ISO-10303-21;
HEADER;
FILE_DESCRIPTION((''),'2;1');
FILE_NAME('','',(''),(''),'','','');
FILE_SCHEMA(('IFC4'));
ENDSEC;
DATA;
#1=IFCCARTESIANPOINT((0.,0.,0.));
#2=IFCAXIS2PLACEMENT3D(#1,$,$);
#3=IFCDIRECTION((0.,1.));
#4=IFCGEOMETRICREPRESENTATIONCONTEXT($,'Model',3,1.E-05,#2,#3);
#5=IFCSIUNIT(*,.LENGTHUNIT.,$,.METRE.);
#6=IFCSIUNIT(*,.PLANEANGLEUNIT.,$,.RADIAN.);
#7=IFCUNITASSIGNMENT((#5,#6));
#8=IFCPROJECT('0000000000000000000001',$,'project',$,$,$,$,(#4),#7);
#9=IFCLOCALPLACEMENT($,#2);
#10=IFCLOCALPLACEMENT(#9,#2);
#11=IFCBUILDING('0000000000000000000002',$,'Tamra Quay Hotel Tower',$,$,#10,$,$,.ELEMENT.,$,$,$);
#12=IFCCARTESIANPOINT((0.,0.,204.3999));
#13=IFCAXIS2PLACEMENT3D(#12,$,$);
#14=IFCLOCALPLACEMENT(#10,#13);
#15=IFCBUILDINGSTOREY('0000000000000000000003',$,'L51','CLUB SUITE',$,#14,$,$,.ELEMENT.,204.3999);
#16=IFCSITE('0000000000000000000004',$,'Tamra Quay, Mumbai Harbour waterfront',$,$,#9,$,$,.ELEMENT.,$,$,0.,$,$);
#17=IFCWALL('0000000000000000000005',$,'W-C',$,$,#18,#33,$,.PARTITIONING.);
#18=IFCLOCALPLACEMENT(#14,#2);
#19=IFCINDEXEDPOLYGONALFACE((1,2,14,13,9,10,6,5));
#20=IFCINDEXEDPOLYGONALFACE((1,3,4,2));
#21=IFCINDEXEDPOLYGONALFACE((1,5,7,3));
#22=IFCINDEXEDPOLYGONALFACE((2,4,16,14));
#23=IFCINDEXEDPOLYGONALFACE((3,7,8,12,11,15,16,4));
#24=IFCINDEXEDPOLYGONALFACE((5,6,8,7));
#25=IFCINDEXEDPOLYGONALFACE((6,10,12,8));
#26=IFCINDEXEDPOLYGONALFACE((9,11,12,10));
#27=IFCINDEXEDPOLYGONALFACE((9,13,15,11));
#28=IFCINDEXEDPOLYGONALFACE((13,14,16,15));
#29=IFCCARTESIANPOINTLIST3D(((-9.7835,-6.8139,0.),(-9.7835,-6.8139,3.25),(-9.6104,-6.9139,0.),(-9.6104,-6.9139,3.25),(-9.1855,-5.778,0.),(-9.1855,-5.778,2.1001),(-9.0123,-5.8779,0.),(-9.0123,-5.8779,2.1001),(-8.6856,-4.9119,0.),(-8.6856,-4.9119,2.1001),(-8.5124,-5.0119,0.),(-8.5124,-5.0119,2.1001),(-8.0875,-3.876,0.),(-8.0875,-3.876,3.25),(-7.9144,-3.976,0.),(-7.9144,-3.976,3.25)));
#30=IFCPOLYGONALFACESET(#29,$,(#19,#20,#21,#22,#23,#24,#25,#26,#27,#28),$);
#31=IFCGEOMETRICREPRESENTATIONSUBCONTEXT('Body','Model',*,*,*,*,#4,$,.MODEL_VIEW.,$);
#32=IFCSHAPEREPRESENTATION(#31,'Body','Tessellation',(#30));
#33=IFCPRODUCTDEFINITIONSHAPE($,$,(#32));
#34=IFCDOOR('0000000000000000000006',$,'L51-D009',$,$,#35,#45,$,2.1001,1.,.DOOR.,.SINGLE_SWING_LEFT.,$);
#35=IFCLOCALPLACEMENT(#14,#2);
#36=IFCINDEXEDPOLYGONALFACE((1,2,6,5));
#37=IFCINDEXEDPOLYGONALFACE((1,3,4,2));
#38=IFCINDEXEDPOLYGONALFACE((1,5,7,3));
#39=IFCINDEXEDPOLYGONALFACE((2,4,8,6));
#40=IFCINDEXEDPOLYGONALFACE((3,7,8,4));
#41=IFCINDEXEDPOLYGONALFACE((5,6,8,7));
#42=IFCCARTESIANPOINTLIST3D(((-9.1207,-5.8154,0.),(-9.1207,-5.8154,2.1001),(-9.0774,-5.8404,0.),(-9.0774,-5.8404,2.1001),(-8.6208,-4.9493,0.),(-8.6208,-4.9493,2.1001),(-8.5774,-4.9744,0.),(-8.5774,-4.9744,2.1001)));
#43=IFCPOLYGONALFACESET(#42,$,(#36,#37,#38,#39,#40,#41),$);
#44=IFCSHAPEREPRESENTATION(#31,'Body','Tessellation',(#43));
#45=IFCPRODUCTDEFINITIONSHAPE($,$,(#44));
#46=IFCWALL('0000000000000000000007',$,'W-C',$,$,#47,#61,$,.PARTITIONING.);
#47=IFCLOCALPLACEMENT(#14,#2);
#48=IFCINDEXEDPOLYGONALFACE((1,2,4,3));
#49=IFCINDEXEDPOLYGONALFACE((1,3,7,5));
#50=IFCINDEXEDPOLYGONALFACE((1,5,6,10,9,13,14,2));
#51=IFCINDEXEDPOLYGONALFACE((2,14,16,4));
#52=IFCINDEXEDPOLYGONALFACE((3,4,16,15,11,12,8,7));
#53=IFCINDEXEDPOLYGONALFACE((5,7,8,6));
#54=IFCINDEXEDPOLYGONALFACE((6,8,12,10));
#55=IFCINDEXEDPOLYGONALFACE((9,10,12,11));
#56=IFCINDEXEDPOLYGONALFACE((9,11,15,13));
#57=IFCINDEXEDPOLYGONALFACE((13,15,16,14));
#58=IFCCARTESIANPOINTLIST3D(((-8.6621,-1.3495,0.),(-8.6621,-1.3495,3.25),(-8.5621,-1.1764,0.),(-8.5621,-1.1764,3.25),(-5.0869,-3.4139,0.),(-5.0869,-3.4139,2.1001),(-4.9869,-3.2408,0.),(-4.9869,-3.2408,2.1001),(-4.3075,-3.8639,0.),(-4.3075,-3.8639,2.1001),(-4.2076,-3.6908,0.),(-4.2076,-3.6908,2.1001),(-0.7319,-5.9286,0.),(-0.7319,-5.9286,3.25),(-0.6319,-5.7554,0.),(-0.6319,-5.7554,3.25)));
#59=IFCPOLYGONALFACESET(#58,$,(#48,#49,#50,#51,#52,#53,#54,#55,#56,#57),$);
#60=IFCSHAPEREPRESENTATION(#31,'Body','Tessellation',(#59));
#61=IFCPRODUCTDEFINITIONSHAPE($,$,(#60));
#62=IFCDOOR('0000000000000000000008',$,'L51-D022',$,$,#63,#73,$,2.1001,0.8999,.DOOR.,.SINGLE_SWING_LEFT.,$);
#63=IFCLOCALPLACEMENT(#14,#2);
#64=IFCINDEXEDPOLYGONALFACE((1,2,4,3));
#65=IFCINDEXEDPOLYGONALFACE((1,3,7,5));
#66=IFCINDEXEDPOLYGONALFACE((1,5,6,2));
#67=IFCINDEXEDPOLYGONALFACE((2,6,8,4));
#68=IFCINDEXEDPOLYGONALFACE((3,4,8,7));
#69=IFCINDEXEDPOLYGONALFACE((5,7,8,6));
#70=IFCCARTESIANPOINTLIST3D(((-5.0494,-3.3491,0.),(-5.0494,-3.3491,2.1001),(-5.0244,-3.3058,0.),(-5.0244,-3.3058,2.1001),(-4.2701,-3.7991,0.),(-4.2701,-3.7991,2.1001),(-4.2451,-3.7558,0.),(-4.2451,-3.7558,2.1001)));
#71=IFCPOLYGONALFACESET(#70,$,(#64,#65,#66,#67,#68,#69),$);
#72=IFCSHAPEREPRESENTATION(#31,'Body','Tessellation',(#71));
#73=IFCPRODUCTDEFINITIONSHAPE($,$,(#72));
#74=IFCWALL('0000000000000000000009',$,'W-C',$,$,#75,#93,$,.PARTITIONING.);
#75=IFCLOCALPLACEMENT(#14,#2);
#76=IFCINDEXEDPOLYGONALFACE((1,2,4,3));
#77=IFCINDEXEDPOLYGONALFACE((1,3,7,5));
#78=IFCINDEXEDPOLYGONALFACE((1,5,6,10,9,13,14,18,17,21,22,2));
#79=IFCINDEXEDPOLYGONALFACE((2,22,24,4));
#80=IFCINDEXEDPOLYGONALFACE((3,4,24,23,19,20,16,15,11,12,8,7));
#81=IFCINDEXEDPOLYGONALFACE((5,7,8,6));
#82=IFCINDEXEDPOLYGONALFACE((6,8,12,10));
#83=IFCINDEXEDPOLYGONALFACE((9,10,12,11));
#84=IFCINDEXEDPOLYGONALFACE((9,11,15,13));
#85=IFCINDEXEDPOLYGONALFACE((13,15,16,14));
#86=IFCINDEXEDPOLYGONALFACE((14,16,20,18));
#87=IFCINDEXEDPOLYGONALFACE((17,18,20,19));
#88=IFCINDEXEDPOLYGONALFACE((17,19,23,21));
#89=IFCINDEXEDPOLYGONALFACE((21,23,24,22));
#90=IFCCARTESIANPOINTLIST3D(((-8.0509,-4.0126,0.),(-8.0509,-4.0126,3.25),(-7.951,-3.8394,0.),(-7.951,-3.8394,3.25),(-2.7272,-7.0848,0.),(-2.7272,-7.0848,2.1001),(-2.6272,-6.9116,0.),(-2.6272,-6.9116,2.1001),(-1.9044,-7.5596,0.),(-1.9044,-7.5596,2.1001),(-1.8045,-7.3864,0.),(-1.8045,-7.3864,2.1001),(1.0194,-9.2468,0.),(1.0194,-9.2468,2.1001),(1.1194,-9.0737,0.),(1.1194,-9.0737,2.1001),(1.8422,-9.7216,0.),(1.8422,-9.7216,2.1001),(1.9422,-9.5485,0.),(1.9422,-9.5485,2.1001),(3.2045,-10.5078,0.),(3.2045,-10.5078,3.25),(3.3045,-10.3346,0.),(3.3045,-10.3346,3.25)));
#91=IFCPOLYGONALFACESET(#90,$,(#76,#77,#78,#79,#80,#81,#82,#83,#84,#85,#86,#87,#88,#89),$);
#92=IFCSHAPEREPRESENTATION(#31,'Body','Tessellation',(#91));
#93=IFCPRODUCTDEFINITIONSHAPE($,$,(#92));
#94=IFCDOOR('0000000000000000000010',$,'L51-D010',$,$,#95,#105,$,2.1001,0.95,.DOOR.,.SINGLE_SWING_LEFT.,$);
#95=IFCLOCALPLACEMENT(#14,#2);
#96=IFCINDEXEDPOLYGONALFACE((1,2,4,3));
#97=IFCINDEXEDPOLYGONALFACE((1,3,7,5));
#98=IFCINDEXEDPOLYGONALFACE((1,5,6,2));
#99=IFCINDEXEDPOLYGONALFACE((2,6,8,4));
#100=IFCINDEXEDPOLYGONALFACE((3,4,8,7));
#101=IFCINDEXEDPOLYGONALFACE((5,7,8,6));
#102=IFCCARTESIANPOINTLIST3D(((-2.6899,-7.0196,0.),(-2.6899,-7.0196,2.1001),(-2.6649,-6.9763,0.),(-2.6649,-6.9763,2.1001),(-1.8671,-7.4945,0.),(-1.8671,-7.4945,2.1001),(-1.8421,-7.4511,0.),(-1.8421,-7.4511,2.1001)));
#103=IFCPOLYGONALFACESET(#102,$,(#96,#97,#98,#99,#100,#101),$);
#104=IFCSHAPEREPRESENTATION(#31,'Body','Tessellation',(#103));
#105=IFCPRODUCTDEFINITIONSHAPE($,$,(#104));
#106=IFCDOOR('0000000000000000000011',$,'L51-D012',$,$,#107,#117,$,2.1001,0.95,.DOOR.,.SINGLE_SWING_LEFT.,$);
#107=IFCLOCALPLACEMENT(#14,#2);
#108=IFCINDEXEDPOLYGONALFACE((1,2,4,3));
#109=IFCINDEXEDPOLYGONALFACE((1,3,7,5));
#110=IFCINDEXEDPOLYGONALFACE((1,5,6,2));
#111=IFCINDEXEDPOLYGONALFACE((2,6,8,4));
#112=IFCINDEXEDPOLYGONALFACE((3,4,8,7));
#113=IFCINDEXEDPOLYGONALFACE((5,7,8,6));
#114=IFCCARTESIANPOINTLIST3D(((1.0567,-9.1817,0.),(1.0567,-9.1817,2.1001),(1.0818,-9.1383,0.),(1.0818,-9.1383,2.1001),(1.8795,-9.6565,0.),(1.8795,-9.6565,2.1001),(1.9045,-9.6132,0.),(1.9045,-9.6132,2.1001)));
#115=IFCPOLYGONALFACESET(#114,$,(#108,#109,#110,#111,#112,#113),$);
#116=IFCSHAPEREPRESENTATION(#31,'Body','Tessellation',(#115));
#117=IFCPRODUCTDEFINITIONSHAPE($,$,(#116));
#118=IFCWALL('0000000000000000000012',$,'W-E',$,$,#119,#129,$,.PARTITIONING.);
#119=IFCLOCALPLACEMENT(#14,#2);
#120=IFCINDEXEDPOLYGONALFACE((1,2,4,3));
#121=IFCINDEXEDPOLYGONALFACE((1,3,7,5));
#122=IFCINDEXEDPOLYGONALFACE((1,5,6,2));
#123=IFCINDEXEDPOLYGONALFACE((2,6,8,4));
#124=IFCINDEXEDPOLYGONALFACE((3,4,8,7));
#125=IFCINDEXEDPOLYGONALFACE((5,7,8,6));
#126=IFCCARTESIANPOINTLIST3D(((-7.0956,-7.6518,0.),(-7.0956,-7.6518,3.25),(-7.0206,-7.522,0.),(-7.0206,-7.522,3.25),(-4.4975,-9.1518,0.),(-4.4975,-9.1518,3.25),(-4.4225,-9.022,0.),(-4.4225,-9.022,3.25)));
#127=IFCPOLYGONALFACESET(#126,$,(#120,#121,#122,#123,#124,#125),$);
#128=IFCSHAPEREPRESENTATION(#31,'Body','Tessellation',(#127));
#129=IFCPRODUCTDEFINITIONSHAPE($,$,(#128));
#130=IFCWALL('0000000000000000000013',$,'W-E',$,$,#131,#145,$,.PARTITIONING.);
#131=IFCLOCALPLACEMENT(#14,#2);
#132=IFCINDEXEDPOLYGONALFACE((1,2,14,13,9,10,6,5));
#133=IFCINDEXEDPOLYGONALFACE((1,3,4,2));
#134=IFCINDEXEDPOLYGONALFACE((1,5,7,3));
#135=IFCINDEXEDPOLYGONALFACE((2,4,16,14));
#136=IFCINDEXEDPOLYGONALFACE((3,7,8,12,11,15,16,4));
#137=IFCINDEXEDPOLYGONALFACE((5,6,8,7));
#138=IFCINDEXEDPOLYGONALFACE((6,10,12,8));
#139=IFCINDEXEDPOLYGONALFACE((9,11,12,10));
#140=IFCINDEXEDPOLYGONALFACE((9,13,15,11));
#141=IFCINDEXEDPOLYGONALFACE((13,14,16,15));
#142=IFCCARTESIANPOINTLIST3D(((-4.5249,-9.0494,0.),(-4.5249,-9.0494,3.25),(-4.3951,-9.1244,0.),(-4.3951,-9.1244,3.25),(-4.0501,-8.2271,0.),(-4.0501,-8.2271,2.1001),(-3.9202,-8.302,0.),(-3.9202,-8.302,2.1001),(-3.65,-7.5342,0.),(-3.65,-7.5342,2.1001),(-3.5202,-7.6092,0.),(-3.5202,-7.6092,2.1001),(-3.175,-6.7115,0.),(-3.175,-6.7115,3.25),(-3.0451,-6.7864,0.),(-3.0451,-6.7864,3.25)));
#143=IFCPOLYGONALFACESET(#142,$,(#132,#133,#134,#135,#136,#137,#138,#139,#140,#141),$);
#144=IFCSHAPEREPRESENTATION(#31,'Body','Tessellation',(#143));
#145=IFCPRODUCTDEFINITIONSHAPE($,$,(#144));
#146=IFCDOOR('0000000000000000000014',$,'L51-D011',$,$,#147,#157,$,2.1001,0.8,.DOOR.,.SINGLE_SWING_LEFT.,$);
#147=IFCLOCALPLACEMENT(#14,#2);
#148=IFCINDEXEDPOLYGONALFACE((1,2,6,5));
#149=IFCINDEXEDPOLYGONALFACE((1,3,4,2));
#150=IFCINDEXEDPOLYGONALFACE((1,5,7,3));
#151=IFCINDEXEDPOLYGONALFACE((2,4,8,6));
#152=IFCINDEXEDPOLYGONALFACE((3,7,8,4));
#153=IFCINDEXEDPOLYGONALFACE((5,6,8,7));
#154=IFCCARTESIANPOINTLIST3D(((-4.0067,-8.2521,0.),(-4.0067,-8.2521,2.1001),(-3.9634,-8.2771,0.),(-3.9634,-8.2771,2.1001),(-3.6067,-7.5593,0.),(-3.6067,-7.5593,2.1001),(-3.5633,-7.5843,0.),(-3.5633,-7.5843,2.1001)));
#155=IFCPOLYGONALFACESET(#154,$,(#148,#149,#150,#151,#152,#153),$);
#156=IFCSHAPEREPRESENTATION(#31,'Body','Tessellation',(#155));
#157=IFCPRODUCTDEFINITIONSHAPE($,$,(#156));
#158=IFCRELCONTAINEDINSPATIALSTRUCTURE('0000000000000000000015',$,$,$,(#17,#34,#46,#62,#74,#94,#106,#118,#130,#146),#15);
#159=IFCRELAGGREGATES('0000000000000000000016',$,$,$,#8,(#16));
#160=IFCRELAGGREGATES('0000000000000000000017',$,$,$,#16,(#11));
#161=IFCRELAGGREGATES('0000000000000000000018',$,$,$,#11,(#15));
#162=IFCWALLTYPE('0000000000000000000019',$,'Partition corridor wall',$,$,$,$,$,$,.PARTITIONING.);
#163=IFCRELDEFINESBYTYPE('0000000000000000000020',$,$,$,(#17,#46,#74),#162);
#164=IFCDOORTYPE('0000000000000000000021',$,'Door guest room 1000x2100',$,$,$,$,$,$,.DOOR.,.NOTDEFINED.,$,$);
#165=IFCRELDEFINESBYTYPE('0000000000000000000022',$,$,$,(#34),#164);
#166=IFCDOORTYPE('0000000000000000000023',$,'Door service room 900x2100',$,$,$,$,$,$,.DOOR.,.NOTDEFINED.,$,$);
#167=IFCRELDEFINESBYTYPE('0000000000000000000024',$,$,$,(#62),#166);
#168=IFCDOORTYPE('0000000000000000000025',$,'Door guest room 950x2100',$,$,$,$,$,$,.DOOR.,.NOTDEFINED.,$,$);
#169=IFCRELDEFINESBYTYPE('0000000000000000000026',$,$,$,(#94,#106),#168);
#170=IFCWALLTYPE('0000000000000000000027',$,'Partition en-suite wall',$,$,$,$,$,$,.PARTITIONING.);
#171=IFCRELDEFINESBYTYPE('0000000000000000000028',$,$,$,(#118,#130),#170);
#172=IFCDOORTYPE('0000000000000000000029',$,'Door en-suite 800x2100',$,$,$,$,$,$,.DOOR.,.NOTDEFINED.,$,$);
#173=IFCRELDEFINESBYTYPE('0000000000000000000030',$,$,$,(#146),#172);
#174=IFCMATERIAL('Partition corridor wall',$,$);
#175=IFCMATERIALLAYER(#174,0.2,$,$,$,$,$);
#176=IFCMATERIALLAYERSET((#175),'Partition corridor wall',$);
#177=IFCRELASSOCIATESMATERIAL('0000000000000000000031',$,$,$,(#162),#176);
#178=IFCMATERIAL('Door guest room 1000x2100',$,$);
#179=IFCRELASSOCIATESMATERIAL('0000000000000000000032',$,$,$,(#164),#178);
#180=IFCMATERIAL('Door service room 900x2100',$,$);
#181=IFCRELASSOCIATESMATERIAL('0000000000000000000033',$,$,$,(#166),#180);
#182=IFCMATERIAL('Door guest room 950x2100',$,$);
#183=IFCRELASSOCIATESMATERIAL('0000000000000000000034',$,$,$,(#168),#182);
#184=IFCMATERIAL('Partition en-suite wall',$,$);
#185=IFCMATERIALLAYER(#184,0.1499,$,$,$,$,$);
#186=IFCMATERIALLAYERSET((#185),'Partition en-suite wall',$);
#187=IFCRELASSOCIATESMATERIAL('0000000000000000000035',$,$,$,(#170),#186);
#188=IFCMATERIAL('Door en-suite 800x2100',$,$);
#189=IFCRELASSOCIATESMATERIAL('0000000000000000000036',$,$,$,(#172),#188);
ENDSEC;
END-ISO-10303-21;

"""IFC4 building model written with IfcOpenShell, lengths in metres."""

from ifc_helpers import new_model, si_unit, direction, frame, frame_2d, origin, place, context, subcontext, project, spatial, rectangle, extrude, material, layer, layer_set, type_object, element, fill, save


model = new_model("IFC4")

# Units and contexts
model_context = context("Model", 3, precision=1e-05, world=origin(), true_north=direction((0.0, 1.0)))
body_context = subcontext(model_context, "Body", "Model", "MODEL_VIEW")
ifc_project = project(units=[si_unit("LENGTHUNIT", "METRE"), si_unit("PLANEANGLEUNIT", "RADIAN")], contexts=[model_context])

# Site, building, storey
site_placement = place(None, origin())
site = spatial("IfcSite", under=ifc_project, at=site_placement, Name="Tamra Quay, Mumbai Harbour waterfront", CompositionType="ELEMENT", RefElevation=0.0)
building_placement = place(site_placement, origin())
building = spatial("IfcBuilding", under=site, at=building_placement, Name="Tamra Quay Hotel Tower", CompositionType="ELEMENT")
storey_placement = place(building_placement, frame((0.0, 0.0, 204.3999)))
storey = spatial("IfcBuildingStorey", under=building, at=storey_placement, Name="L51", Description="CLUB SUITE", CompositionType="ELEMENT", Elevation=204.3999)

# Shared definitions
ifc_material_1 = material(Name="Partition corridor wall")
ifc_layer_1 = layer(ifc_material_1, 0.2)
ifc_layer_set_1 = layer_set([ifc_layer_1], Name="Partition corridor wall")
wall_type_1 = type_object("IfcWallType", Name="Partition corridor wall", PredefinedType="PARTITIONING", material=ifc_layer_set_1)

# Walls, openings, doors
wall_1_placement = place(storey_placement, frame((-9.697, -6.864, 0.0), z_axis=(0.0, 0.0, 1.0), x_axis=(0.499955, 0.866051, 0.0)))
wall_1 = element("IfcWall", 1, at=wall_1_placement, inside=storey, type_object=wall_type_1, Name="W-C", PredefinedType="PARTITIONING", context=body_context, shape_type="SweptSolid", body=[
    extrude(rectangle(XDim=3.3923, YDim=0.2, at=frame_2d((1.6963, 0.0))), origin(), (0.0, 0.0, 1.0), 3.25),
])
opening_1_placement = place(wall_1_placement, frame((1.1963, 0.0, 0.0)))
opening_1 = element("IfcOpeningElement", 2, at=opening_1_placement, cuts=wall_1, PredefinedType="OPENING", context=body_context, shape_type="SweptSolid", body=[
    extrude(rectangle(XDim=1.0, YDim=2.1001, at=frame_2d((0.5, 1.05))), frame((0.0, 0.1099, 0.0), z_axis=(0.0, -1.0, 0.0), x_axis=(1.0, 0.0, 0.0)), (0.0, 0.0, 1.0), 0.22),
])
ifc_material_2 = material(Name="Door guest room 1000x2100")
door_type_1 = type_object("IfcDoorType", Name="Door guest room 1000x2100", OperationType="NOTDEFINED", PredefinedType="DOOR", material=ifc_material_2)
door_1_placement = place(opening_1_placement, frame((1.0, 0.0, 0.0), z_axis=(0.0, 0.0, 1.0), x_axis=(-1.0, 0.0, 0.0)))
door_1 = element("IfcDoor", 3, at=door_1_placement, inside=storey, type_object=door_type_1, Name="L51-D009", OperationType="SINGLE_SWING_LEFT", OverallHeight=2.1001, OverallWidth=1.0, PredefinedType="DOOR", context=body_context, shape_type="SweptSolid", body=[
    extrude(rectangle(XDim=1.0, YDim=2.1001, at=frame_2d((0.5, 1.05))), frame((0.0, 0.0249, 0.0), z_axis=(0.0, -1.0, 0.0), x_axis=(1.0, 0.0, 0.0)), (0.0, 0.0, 1.0), 0.05),
])
fill(opening_1, door_1)
wall_2_placement = place(storey_placement, frame((-8.6121, -1.2629, 0.0), z_axis=(0.0, 0.0, 1.0), x_axis=(0.865996, -0.50005, 0.0)))
wall_2 = element("IfcWall", 4, at=wall_2_placement, inside=storey, type_object=wall_type_1, Name="W-C", PredefinedType="PARTITIONING", context=body_context, shape_type="SweptSolid", body=[
    extrude(rectangle(XDim=9.1572, YDim=0.2, at=frame_2d((4.5786, 0.0))), origin(), (0.0, 0.0, 1.0), 3.25),
])
opening_2_placement = place(wall_2_placement, frame((4.1284, 0.0, 0.0)))
opening_2 = element("IfcOpeningElement", 5, at=opening_2_placement, cuts=wall_2, PredefinedType="OPENING", context=body_context, shape_type="SweptSolid", body=[
    extrude(rectangle(XDim=0.8999, YDim=2.1001, at=frame_2d((0.45, 1.05))), frame((0.0, 0.1099, 0.0), z_axis=(0.0, -1.0, 0.0), x_axis=(1.0, 0.0, 0.0)), (0.0, 0.0, 1.0), 0.22),
])
ifc_material_3 = material(Name="Door service room 900x2100")
door_type_2 = type_object("IfcDoorType", Name="Door service room 900x2100", OperationType="NOTDEFINED", PredefinedType="DOOR", material=ifc_material_3)
door_2_placement = place(opening_2_placement, origin())
door_2 = element("IfcDoor", 6, at=door_2_placement, inside=storey, type_object=door_type_2, Name="L51-D022", OperationType="SINGLE_SWING_LEFT", OverallHeight=2.1001, OverallWidth=0.8999, PredefinedType="DOOR", context=body_context, shape_type="SweptSolid", body=[
    extrude(rectangle(XDim=0.8999, YDim=2.1001, at=frame_2d((0.45, 1.05))), frame((0.0, 0.0249, 0.0), z_axis=(0.0, -1.0, 0.0), x_axis=(1.0, 0.0, 0.0)), (0.0, 0.0, 1.0), 0.05),
])
fill(opening_2, door_2)

# Wall, openings, doors
wall_3_placement = place(storey_placement, frame((-8.001, -3.926, 0.0), z_axis=(0.0, 0.0, 1.0), x_axis=(0.866131, -0.499817, 0.0)))
wall_3 = element("IfcWall", 7, at=wall_3_placement, inside=storey, type_object=wall_type_1, Name="W-C", PredefinedType="PARTITIONING", context=body_context, shape_type="SweptSolid", body=[
    extrude(rectangle(XDim=12.9951, YDim=0.2, at=frame_2d((6.4976, 0.0))), origin(), (0.0, 0.0, 1.0), 3.25),
])
opening_3_placement = place(wall_3_placement, frame((6.1465, 0.0, 0.0)))
opening_3 = element("IfcOpeningElement", 8, at=opening_3_placement, cuts=wall_3, PredefinedType="OPENING", context=body_context, shape_type="SweptSolid", body=[
    extrude(rectangle(XDim=0.95, YDim=2.1001, at=frame_2d((0.4751, 1.05))), frame((0.0, 0.1099, 0.0), z_axis=(0.0, -1.0, 0.0), x_axis=(1.0, 0.0, 0.0)), (0.0, 0.0, 1.0), 0.22),
])
opening_4_placement = place(wall_3_placement, frame((10.4722, 0.0, 0.0)))
opening_4 = element("IfcOpeningElement", 9, at=opening_4_placement, cuts=wall_3, PredefinedType="OPENING", context=body_context, shape_type="SweptSolid", body=[
    extrude(rectangle(XDim=0.95, YDim=2.1001, at=frame_2d((0.4751, 1.05))), frame((0.0, 0.1099, 0.0), z_axis=(0.0, -1.0, 0.0), x_axis=(1.0, 0.0, 0.0)), (0.0, 0.0, 1.0), 0.22),
])
ifc_material_4 = material(Name="Door guest room 950x2100")
door_type_3 = type_object("IfcDoorType", Name="Door guest room 950x2100", OperationType="NOTDEFINED", PredefinedType="DOOR", material=ifc_material_4)
door_3_placement = place(opening_3_placement, frame((0.95, 0.0, 0.0), z_axis=(0.0, 0.0, 1.0), x_axis=(-1.0, 0.0, 0.0)))
door_3 = element("IfcDoor", 10, at=door_3_placement, inside=storey, type_object=door_type_3, Name="L51-D010", OperationType="SINGLE_SWING_LEFT", OverallHeight=2.1001, OverallWidth=0.95, PredefinedType="DOOR", context=body_context, shape_type="SweptSolid", body=[
    extrude(rectangle(XDim=0.95, YDim=2.1001, at=frame_2d((0.4751, 1.05))), frame((0.0, 0.0249, 0.0), z_axis=(0.0, -1.0, 0.0), x_axis=(1.0, 0.0, 0.0)), (0.0, 0.0, 1.0), 0.05),
])
fill(opening_3, door_3)
door_4_placement = place(opening_4_placement, frame((0.95, 0.0, 0.0), z_axis=(0.0, 0.0, 1.0), x_axis=(-1.0, 0.0, 0.0)))
door_4 = element("IfcDoor", 11, at=door_4_placement, inside=storey, type_object=door_type_3, Name="L51-D012", OperationType="SINGLE_SWING_LEFT", OverallHeight=2.1001, OverallWidth=0.95, PredefinedType="DOOR", context=body_context, shape_type="SweptSolid", body=[
    extrude(rectangle(XDim=0.95, YDim=2.1001, at=frame_2d((0.4751, 1.05))), frame((0.0, 0.0249, 0.0), z_axis=(0.0, -1.0, 0.0), x_axis=(1.0, 0.0, 0.0)), (0.0, 0.0, 1.0), 0.05),
])
fill(opening_4, door_4)

# Wall
ifc_material_5 = material(Name="Partition en-suite wall")
ifc_layer_2 = layer(ifc_material_5, 0.1499)
ifc_layer_set_2 = layer_set([ifc_layer_2], Name="Partition en-suite wall")
wall_type_2 = type_object("IfcWallType", Name="Partition en-suite wall", PredefinedType="PARTITIONING", material=ifc_layer_set_2)
wall_4_placement = place(storey_placement, frame((-7.0581, -7.5869, 0.0), z_axis=(0.0, 0.0, 1.0), x_axis=(0.866031, -0.49999, 0.0)))
element("IfcWall", 12, at=wall_4_placement, inside=storey, type_object=wall_type_2, Name="W-E", PredefinedType="PARTITIONING", context=body_context, shape_type="SweptSolid", body=[
    extrude(rectangle(XDim=3.0, YDim=0.1499, at=frame_2d((1.5, 0.0))), origin(), (0.0, 0.0, 1.0), 3.25),
])

# Wall, opening, door
wall_5_placement = place(storey_placement, frame((-4.46, -9.0869, 0.0), z_axis=(0.0, 0.0, 1.0), x_axis=(0.50002, 0.866014, 0.0)))
wall_5 = element("IfcWall", 13, at=wall_5_placement, inside=storey, type_object=wall_type_2, Name="W-E", PredefinedType="PARTITIONING", context=body_context, shape_type="SweptSolid", body=[
    extrude(rectangle(XDim=2.6997, YDim=0.1499, at=frame_2d((1.3499, 0.0))), origin(), (0.0, 0.0, 1.0), 3.25),
])
opening_5_placement = place(wall_5_placement, frame((0.9497, 0.0, 0.0)))
opening_5 = element("IfcOpeningElement", 14, at=opening_5_placement, cuts=wall_5, PredefinedType="OPENING", context=body_context, shape_type="SweptSolid", body=[
    extrude(rectangle(XDim=0.8, YDim=2.1001, at=frame_2d((0.3999, 1.05))), frame((0.0, 0.085, 0.0), z_axis=(0.0, -1.0, 0.0), x_axis=(1.0, 0.0, 0.0)), (0.0, 0.0, 1.0), 0.1699),
])
ifc_material_6 = material(Name="Door en-suite 800x2100")
door_type_4 = type_object("IfcDoorType", Name="Door en-suite 800x2100", OperationType="NOTDEFINED", PredefinedType="DOOR", material=ifc_material_6)
door_5_placement = place(opening_5_placement, origin())
door_5 = element("IfcDoor", 15, at=door_5_placement, inside=storey, type_object=door_type_4, Name="L51-D011", OperationType="SINGLE_SWING_LEFT", OverallHeight=2.1001, OverallWidth=0.8, PredefinedType="DOOR", context=body_context, shape_type="SweptSolid", body=[
    extrude(rectangle(XDim=0.8, YDim=2.1001, at=frame_2d((0.3999, 1.05))), frame((0.0, 0.0249, 0.0), z_axis=(0.0, -1.0, 0.0), x_axis=(1.0, 0.0, 0.0)), (0.0, 0.0, 1.0), 0.05),
])
fill(opening_5, door_5)

save(model, "model.ifc")
